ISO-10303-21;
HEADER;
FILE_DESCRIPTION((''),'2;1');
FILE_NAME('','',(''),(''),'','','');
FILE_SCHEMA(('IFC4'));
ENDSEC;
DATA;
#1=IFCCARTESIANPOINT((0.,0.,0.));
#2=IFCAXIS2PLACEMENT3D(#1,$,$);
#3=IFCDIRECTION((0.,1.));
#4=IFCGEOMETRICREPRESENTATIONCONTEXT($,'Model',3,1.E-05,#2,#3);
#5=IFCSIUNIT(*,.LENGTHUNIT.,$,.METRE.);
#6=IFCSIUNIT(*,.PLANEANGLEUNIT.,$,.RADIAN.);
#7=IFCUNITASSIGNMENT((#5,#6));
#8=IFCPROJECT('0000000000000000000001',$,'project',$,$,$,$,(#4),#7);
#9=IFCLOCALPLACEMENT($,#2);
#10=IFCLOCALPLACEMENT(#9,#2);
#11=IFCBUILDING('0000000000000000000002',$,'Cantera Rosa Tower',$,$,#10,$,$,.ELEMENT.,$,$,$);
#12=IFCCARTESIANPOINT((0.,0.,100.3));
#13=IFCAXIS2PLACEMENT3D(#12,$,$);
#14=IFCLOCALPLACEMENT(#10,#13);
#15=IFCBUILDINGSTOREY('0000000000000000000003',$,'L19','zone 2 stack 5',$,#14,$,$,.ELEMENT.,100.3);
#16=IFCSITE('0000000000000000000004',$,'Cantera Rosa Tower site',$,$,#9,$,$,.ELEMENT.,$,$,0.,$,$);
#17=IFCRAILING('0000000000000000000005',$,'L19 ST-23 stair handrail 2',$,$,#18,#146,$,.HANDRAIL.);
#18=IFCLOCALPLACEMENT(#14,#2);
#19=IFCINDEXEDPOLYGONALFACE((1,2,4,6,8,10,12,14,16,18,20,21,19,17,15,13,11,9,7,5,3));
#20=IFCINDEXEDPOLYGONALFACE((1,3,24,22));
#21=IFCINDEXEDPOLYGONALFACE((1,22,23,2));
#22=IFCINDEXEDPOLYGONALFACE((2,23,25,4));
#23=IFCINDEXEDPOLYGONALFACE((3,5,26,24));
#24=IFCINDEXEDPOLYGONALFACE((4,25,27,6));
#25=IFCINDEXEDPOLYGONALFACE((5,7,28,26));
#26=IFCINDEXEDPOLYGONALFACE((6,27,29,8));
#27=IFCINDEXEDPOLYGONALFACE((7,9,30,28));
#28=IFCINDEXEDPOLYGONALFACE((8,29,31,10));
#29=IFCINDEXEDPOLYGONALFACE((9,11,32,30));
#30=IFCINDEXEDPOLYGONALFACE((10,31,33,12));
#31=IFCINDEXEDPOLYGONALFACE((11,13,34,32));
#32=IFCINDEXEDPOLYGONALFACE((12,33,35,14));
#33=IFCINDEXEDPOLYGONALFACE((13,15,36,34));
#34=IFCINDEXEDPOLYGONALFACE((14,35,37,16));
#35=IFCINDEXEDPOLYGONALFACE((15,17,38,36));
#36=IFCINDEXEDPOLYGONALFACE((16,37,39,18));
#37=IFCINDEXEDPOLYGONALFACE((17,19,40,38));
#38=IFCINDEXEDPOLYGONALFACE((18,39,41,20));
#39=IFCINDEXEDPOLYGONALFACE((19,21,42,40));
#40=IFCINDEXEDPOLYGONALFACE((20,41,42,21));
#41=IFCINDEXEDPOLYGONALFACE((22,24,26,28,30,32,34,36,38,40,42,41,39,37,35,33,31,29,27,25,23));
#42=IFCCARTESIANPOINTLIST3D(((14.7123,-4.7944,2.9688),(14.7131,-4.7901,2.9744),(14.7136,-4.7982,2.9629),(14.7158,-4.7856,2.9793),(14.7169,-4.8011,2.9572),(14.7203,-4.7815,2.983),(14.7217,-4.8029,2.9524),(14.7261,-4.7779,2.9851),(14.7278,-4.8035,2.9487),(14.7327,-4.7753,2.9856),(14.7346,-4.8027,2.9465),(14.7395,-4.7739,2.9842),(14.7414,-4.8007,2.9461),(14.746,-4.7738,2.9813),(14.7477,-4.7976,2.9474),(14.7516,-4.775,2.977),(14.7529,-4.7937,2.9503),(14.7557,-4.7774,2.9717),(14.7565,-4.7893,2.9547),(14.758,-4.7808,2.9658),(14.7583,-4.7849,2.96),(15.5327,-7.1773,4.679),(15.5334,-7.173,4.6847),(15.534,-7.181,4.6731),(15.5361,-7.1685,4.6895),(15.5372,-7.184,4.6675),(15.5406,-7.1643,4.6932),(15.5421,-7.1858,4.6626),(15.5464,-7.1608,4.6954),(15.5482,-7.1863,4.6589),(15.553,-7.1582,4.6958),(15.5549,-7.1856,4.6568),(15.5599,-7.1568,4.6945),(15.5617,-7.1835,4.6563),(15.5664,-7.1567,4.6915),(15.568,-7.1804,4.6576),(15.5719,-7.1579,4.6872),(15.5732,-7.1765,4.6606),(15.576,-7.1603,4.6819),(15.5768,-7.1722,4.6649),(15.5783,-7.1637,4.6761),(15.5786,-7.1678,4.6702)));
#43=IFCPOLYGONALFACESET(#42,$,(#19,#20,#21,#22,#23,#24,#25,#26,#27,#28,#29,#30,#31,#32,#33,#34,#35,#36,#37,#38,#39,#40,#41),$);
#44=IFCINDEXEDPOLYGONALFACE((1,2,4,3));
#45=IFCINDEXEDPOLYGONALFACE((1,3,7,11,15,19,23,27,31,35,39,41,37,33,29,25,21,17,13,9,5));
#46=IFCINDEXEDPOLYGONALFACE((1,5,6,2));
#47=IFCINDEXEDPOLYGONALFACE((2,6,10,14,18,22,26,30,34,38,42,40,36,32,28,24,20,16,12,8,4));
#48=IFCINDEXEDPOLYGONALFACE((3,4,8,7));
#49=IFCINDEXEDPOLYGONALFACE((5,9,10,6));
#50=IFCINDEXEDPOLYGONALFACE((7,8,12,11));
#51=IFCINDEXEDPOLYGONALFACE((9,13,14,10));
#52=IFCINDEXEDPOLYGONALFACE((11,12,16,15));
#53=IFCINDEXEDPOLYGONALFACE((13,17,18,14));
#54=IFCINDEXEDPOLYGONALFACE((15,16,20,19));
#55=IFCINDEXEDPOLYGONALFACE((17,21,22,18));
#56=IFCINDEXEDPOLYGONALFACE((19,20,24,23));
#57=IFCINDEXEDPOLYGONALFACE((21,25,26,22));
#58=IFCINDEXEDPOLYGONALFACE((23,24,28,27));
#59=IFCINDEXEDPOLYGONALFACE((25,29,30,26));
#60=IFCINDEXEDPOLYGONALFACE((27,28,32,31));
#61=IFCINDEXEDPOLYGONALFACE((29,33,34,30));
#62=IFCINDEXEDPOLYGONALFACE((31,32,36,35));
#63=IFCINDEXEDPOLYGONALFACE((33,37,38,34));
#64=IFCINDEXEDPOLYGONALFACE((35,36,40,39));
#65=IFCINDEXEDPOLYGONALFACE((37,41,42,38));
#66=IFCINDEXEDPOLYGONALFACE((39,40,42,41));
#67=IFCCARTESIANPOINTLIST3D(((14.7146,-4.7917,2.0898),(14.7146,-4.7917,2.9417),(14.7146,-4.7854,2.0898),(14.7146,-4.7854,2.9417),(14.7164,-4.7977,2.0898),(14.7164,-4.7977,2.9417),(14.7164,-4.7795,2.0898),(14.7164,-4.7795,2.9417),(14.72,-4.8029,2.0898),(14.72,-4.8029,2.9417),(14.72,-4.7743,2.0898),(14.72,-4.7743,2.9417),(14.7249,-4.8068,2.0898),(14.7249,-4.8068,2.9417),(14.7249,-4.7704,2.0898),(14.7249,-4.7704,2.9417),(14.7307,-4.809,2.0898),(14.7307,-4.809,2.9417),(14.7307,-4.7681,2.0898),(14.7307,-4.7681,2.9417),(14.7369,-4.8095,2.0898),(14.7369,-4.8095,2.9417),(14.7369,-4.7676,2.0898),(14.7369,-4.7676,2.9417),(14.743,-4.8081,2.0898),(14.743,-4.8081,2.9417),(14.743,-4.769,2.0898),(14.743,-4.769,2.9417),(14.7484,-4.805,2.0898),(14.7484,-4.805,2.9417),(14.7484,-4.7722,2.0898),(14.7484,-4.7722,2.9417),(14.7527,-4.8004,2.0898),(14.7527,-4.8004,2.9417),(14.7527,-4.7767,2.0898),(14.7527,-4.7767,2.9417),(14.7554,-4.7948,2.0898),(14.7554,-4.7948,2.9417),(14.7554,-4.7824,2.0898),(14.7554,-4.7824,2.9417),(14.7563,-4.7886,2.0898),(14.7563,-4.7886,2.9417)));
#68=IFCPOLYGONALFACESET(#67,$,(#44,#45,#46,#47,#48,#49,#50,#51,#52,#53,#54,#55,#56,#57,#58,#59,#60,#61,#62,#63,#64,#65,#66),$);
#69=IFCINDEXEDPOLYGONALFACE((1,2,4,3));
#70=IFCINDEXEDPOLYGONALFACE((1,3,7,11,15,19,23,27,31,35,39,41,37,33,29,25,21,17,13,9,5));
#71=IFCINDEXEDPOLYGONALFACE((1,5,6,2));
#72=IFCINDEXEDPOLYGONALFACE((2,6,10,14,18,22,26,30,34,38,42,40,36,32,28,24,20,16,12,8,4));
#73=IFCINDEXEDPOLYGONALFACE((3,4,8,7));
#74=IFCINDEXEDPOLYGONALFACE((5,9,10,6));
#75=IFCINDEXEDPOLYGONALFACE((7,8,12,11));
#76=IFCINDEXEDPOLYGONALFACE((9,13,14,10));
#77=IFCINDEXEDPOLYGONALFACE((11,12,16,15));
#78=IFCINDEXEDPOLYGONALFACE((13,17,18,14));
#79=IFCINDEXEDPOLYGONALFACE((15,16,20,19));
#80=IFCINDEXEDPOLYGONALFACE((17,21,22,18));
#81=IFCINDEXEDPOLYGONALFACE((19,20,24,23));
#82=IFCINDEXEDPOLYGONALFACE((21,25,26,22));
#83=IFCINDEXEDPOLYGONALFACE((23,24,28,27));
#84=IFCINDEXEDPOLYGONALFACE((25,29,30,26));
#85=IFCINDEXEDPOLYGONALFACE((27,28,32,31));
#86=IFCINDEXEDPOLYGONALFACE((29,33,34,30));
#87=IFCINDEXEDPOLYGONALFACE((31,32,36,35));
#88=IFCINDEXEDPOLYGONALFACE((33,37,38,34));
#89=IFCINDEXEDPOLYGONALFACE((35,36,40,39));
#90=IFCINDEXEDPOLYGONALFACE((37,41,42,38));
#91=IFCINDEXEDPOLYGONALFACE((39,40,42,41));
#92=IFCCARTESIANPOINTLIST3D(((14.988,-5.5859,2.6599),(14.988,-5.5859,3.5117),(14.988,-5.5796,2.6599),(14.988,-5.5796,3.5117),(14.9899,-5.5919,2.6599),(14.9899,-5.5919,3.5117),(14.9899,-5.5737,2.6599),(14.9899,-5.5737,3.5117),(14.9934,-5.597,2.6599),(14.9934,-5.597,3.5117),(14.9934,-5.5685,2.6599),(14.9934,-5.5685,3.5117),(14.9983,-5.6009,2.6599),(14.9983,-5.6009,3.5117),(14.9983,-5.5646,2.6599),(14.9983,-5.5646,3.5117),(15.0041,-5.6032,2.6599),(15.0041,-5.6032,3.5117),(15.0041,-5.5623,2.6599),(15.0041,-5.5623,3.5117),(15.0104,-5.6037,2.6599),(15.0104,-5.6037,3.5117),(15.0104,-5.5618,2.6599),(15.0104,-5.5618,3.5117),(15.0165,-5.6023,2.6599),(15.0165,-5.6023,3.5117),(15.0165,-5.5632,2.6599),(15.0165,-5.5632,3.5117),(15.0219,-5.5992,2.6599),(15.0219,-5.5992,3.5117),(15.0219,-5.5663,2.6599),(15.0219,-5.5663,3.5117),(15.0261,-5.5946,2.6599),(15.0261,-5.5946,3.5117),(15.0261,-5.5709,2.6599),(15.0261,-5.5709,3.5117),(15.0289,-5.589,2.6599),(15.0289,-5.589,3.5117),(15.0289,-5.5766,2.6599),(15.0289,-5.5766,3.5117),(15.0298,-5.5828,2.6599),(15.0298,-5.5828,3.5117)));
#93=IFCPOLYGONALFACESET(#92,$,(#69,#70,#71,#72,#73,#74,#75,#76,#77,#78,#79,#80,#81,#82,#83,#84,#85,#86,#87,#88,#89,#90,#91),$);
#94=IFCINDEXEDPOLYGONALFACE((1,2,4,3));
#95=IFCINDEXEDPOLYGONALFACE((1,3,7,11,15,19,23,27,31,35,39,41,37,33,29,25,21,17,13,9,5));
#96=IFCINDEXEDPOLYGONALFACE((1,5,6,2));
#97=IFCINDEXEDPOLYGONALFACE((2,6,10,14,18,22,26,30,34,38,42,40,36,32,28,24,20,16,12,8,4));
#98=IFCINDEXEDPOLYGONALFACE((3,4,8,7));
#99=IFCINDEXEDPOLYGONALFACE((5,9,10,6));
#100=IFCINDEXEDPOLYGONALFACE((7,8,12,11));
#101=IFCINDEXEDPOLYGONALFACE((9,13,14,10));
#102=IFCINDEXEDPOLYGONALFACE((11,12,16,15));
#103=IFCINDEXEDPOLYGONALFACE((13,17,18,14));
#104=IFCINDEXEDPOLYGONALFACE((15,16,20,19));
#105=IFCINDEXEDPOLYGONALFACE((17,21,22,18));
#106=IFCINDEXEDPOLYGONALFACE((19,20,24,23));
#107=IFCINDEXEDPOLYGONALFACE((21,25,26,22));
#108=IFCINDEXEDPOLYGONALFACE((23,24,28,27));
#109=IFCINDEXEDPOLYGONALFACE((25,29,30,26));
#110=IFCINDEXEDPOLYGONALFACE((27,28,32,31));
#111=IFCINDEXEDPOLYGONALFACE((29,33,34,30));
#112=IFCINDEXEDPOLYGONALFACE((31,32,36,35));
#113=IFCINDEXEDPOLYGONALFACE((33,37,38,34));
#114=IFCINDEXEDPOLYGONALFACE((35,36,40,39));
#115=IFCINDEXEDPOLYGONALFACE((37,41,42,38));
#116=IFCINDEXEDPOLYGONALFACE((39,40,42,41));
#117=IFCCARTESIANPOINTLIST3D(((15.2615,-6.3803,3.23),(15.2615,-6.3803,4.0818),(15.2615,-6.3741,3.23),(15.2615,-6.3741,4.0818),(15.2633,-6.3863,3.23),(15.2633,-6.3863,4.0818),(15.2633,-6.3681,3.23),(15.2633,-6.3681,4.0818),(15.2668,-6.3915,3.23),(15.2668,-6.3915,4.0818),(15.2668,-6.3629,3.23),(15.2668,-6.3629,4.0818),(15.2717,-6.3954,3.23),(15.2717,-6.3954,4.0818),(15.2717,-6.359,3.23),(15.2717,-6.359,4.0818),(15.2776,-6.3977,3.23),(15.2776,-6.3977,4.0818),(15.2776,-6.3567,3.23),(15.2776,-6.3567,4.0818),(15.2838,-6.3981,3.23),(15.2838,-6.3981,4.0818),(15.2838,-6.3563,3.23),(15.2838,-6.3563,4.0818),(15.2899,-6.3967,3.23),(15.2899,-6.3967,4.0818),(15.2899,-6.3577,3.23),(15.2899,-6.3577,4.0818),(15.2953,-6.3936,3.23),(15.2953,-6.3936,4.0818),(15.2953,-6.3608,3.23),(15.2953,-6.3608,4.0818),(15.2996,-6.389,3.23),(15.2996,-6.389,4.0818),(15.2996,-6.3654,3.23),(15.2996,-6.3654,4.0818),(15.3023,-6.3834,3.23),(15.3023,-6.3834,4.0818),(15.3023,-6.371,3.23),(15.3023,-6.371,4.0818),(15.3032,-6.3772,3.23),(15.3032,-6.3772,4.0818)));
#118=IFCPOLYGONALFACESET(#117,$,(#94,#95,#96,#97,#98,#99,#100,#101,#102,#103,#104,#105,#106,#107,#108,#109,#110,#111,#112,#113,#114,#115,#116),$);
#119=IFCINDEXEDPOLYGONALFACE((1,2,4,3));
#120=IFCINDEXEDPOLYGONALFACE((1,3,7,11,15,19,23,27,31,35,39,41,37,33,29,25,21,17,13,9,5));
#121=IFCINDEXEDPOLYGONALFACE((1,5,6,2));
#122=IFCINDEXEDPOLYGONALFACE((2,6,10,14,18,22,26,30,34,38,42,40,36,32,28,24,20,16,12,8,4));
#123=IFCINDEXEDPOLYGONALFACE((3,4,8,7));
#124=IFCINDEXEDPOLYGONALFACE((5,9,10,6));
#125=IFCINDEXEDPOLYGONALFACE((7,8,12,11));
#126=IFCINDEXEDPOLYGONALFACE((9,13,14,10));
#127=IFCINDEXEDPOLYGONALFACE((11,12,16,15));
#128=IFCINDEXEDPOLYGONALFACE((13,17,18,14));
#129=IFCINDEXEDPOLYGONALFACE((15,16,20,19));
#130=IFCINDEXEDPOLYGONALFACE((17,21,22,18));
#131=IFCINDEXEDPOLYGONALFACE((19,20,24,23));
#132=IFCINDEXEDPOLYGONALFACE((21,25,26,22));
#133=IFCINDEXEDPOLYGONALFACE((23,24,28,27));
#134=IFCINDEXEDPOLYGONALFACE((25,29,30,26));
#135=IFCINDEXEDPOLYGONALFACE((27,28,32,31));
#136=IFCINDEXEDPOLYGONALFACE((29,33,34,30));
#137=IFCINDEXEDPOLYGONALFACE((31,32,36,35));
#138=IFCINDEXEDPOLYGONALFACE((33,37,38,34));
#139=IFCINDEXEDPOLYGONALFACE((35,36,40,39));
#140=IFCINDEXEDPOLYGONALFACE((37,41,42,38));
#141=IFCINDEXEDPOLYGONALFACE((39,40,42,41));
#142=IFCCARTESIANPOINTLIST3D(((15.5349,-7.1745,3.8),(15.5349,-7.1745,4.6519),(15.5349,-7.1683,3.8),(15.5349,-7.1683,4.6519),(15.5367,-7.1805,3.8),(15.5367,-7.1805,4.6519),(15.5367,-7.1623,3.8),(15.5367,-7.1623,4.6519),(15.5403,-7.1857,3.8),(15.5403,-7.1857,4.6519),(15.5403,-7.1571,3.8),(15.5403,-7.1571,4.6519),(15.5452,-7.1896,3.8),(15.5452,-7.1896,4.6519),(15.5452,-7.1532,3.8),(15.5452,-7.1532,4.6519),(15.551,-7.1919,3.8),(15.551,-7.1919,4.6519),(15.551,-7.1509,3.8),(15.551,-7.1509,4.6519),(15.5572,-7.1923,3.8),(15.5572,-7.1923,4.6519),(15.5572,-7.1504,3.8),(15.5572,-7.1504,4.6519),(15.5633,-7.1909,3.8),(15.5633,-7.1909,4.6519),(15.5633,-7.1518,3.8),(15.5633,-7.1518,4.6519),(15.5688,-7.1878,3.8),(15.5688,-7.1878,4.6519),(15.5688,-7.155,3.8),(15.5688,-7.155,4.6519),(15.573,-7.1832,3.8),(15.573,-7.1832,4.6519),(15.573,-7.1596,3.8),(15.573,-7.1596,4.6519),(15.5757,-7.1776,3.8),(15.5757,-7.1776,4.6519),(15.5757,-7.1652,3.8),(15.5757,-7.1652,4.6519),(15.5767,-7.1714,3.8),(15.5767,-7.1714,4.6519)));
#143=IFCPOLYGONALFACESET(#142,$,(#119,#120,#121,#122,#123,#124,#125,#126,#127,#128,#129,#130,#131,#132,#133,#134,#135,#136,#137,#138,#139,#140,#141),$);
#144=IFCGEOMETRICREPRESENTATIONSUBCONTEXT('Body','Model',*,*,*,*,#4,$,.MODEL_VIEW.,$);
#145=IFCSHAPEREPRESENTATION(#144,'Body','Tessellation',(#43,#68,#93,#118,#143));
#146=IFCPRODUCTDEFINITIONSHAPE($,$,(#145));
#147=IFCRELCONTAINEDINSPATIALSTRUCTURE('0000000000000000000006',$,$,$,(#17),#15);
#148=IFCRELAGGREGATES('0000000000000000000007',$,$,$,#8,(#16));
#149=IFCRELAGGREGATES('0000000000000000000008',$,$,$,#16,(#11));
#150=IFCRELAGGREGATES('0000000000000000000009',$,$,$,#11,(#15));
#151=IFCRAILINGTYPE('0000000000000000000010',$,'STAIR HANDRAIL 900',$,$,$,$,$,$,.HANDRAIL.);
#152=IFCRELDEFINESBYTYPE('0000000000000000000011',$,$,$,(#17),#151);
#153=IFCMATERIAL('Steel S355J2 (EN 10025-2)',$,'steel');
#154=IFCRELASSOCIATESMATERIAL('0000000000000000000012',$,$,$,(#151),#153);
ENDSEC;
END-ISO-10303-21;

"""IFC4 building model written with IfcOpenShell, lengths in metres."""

from ifc_helpers import new_model, si_unit, direction, frame, origin, origin_2d, place, context, subcontext, project, spatial, circle, extrude, material, type_object, element, save


model = new_model("IFC4")

# Units and contexts
model_context = context("Model", 3, precision=1e-05, world=origin(), true_north=direction((0.0, 1.0)))
body_context = subcontext(model_context, "Body", "Model", "MODEL_VIEW")
ifc_project = project(units=[si_unit("LENGTHUNIT", "METRE"), si_unit("PLANEANGLEUNIT", "RADIAN")], contexts=[model_context])

# Site, building, storey
site_placement = place(None, origin())
site = spatial("IfcSite", under=ifc_project, at=site_placement, Name="Cantera Rosa Tower site", CompositionType="ELEMENT", RefElevation=0.0)
building_placement = place(site_placement, origin())
building = spatial("IfcBuilding", under=site, at=building_placement, Name="Cantera Rosa Tower", CompositionType="ELEMENT")
storey_placement = place(building_placement, frame((0.0, 0.0, 100.3)))
storey = spatial("IfcBuildingStorey", under=building, at=storey_placement, Name="L19", Description="zone 2 stack 5", CompositionType="ELEMENT", Elevation=100.3)

# Railing
ifc_material_1 = material(Name="Steel S355J2 (EN 10025-2)", Category="steel")
railing_type_1 = type_object("IfcRailingType", Name="STAIR HANDRAIL 900", PredefinedType="HANDRAIL", material=ifc_material_1)
railing_1_placement = place(storey_placement, frame((14.7354, -4.7886, 2.0898)))
element("IfcRailing", 1, at=railing_1_placement, inside=storey, type_object=railing_type_1, Name="L19 ST-23 stair handrail 2", PredefinedType="HANDRAIL", context=body_context, shape_type="SweptSolid", body=[
    extrude(circle(Radius=0.0239, at=origin_2d()), frame((0.0, 0.0, 0.876), z_axis=(0.269346, -0.782386, 0.561538), x_axis=(0.945538, 0.325513, 0.0)), (0.0, 0.0, 1.0), 3.0457),
    extrude(circle(Radius=0.021, at=origin_2d()), origin(), (0.0, 0.0, 1.0), 0.8518),
    extrude(circle(Radius=0.021, at=origin_2d()), frame((0.2734, -0.7942, 0.5701)), (0.0, 0.0, 1.0), 0.8518),
    extrude(circle(Radius=0.021, at=origin_2d()), frame((0.5469, -1.5886, 1.1401)), (0.0, 0.0, 1.0), 0.8518),
    extrude(circle(Radius=0.021, at=origin_2d()), frame((0.8203, -2.3828, 1.7102)), (0.0, 0.0, 1.0), 0.8518),
])

save(model, "model.ifc")
